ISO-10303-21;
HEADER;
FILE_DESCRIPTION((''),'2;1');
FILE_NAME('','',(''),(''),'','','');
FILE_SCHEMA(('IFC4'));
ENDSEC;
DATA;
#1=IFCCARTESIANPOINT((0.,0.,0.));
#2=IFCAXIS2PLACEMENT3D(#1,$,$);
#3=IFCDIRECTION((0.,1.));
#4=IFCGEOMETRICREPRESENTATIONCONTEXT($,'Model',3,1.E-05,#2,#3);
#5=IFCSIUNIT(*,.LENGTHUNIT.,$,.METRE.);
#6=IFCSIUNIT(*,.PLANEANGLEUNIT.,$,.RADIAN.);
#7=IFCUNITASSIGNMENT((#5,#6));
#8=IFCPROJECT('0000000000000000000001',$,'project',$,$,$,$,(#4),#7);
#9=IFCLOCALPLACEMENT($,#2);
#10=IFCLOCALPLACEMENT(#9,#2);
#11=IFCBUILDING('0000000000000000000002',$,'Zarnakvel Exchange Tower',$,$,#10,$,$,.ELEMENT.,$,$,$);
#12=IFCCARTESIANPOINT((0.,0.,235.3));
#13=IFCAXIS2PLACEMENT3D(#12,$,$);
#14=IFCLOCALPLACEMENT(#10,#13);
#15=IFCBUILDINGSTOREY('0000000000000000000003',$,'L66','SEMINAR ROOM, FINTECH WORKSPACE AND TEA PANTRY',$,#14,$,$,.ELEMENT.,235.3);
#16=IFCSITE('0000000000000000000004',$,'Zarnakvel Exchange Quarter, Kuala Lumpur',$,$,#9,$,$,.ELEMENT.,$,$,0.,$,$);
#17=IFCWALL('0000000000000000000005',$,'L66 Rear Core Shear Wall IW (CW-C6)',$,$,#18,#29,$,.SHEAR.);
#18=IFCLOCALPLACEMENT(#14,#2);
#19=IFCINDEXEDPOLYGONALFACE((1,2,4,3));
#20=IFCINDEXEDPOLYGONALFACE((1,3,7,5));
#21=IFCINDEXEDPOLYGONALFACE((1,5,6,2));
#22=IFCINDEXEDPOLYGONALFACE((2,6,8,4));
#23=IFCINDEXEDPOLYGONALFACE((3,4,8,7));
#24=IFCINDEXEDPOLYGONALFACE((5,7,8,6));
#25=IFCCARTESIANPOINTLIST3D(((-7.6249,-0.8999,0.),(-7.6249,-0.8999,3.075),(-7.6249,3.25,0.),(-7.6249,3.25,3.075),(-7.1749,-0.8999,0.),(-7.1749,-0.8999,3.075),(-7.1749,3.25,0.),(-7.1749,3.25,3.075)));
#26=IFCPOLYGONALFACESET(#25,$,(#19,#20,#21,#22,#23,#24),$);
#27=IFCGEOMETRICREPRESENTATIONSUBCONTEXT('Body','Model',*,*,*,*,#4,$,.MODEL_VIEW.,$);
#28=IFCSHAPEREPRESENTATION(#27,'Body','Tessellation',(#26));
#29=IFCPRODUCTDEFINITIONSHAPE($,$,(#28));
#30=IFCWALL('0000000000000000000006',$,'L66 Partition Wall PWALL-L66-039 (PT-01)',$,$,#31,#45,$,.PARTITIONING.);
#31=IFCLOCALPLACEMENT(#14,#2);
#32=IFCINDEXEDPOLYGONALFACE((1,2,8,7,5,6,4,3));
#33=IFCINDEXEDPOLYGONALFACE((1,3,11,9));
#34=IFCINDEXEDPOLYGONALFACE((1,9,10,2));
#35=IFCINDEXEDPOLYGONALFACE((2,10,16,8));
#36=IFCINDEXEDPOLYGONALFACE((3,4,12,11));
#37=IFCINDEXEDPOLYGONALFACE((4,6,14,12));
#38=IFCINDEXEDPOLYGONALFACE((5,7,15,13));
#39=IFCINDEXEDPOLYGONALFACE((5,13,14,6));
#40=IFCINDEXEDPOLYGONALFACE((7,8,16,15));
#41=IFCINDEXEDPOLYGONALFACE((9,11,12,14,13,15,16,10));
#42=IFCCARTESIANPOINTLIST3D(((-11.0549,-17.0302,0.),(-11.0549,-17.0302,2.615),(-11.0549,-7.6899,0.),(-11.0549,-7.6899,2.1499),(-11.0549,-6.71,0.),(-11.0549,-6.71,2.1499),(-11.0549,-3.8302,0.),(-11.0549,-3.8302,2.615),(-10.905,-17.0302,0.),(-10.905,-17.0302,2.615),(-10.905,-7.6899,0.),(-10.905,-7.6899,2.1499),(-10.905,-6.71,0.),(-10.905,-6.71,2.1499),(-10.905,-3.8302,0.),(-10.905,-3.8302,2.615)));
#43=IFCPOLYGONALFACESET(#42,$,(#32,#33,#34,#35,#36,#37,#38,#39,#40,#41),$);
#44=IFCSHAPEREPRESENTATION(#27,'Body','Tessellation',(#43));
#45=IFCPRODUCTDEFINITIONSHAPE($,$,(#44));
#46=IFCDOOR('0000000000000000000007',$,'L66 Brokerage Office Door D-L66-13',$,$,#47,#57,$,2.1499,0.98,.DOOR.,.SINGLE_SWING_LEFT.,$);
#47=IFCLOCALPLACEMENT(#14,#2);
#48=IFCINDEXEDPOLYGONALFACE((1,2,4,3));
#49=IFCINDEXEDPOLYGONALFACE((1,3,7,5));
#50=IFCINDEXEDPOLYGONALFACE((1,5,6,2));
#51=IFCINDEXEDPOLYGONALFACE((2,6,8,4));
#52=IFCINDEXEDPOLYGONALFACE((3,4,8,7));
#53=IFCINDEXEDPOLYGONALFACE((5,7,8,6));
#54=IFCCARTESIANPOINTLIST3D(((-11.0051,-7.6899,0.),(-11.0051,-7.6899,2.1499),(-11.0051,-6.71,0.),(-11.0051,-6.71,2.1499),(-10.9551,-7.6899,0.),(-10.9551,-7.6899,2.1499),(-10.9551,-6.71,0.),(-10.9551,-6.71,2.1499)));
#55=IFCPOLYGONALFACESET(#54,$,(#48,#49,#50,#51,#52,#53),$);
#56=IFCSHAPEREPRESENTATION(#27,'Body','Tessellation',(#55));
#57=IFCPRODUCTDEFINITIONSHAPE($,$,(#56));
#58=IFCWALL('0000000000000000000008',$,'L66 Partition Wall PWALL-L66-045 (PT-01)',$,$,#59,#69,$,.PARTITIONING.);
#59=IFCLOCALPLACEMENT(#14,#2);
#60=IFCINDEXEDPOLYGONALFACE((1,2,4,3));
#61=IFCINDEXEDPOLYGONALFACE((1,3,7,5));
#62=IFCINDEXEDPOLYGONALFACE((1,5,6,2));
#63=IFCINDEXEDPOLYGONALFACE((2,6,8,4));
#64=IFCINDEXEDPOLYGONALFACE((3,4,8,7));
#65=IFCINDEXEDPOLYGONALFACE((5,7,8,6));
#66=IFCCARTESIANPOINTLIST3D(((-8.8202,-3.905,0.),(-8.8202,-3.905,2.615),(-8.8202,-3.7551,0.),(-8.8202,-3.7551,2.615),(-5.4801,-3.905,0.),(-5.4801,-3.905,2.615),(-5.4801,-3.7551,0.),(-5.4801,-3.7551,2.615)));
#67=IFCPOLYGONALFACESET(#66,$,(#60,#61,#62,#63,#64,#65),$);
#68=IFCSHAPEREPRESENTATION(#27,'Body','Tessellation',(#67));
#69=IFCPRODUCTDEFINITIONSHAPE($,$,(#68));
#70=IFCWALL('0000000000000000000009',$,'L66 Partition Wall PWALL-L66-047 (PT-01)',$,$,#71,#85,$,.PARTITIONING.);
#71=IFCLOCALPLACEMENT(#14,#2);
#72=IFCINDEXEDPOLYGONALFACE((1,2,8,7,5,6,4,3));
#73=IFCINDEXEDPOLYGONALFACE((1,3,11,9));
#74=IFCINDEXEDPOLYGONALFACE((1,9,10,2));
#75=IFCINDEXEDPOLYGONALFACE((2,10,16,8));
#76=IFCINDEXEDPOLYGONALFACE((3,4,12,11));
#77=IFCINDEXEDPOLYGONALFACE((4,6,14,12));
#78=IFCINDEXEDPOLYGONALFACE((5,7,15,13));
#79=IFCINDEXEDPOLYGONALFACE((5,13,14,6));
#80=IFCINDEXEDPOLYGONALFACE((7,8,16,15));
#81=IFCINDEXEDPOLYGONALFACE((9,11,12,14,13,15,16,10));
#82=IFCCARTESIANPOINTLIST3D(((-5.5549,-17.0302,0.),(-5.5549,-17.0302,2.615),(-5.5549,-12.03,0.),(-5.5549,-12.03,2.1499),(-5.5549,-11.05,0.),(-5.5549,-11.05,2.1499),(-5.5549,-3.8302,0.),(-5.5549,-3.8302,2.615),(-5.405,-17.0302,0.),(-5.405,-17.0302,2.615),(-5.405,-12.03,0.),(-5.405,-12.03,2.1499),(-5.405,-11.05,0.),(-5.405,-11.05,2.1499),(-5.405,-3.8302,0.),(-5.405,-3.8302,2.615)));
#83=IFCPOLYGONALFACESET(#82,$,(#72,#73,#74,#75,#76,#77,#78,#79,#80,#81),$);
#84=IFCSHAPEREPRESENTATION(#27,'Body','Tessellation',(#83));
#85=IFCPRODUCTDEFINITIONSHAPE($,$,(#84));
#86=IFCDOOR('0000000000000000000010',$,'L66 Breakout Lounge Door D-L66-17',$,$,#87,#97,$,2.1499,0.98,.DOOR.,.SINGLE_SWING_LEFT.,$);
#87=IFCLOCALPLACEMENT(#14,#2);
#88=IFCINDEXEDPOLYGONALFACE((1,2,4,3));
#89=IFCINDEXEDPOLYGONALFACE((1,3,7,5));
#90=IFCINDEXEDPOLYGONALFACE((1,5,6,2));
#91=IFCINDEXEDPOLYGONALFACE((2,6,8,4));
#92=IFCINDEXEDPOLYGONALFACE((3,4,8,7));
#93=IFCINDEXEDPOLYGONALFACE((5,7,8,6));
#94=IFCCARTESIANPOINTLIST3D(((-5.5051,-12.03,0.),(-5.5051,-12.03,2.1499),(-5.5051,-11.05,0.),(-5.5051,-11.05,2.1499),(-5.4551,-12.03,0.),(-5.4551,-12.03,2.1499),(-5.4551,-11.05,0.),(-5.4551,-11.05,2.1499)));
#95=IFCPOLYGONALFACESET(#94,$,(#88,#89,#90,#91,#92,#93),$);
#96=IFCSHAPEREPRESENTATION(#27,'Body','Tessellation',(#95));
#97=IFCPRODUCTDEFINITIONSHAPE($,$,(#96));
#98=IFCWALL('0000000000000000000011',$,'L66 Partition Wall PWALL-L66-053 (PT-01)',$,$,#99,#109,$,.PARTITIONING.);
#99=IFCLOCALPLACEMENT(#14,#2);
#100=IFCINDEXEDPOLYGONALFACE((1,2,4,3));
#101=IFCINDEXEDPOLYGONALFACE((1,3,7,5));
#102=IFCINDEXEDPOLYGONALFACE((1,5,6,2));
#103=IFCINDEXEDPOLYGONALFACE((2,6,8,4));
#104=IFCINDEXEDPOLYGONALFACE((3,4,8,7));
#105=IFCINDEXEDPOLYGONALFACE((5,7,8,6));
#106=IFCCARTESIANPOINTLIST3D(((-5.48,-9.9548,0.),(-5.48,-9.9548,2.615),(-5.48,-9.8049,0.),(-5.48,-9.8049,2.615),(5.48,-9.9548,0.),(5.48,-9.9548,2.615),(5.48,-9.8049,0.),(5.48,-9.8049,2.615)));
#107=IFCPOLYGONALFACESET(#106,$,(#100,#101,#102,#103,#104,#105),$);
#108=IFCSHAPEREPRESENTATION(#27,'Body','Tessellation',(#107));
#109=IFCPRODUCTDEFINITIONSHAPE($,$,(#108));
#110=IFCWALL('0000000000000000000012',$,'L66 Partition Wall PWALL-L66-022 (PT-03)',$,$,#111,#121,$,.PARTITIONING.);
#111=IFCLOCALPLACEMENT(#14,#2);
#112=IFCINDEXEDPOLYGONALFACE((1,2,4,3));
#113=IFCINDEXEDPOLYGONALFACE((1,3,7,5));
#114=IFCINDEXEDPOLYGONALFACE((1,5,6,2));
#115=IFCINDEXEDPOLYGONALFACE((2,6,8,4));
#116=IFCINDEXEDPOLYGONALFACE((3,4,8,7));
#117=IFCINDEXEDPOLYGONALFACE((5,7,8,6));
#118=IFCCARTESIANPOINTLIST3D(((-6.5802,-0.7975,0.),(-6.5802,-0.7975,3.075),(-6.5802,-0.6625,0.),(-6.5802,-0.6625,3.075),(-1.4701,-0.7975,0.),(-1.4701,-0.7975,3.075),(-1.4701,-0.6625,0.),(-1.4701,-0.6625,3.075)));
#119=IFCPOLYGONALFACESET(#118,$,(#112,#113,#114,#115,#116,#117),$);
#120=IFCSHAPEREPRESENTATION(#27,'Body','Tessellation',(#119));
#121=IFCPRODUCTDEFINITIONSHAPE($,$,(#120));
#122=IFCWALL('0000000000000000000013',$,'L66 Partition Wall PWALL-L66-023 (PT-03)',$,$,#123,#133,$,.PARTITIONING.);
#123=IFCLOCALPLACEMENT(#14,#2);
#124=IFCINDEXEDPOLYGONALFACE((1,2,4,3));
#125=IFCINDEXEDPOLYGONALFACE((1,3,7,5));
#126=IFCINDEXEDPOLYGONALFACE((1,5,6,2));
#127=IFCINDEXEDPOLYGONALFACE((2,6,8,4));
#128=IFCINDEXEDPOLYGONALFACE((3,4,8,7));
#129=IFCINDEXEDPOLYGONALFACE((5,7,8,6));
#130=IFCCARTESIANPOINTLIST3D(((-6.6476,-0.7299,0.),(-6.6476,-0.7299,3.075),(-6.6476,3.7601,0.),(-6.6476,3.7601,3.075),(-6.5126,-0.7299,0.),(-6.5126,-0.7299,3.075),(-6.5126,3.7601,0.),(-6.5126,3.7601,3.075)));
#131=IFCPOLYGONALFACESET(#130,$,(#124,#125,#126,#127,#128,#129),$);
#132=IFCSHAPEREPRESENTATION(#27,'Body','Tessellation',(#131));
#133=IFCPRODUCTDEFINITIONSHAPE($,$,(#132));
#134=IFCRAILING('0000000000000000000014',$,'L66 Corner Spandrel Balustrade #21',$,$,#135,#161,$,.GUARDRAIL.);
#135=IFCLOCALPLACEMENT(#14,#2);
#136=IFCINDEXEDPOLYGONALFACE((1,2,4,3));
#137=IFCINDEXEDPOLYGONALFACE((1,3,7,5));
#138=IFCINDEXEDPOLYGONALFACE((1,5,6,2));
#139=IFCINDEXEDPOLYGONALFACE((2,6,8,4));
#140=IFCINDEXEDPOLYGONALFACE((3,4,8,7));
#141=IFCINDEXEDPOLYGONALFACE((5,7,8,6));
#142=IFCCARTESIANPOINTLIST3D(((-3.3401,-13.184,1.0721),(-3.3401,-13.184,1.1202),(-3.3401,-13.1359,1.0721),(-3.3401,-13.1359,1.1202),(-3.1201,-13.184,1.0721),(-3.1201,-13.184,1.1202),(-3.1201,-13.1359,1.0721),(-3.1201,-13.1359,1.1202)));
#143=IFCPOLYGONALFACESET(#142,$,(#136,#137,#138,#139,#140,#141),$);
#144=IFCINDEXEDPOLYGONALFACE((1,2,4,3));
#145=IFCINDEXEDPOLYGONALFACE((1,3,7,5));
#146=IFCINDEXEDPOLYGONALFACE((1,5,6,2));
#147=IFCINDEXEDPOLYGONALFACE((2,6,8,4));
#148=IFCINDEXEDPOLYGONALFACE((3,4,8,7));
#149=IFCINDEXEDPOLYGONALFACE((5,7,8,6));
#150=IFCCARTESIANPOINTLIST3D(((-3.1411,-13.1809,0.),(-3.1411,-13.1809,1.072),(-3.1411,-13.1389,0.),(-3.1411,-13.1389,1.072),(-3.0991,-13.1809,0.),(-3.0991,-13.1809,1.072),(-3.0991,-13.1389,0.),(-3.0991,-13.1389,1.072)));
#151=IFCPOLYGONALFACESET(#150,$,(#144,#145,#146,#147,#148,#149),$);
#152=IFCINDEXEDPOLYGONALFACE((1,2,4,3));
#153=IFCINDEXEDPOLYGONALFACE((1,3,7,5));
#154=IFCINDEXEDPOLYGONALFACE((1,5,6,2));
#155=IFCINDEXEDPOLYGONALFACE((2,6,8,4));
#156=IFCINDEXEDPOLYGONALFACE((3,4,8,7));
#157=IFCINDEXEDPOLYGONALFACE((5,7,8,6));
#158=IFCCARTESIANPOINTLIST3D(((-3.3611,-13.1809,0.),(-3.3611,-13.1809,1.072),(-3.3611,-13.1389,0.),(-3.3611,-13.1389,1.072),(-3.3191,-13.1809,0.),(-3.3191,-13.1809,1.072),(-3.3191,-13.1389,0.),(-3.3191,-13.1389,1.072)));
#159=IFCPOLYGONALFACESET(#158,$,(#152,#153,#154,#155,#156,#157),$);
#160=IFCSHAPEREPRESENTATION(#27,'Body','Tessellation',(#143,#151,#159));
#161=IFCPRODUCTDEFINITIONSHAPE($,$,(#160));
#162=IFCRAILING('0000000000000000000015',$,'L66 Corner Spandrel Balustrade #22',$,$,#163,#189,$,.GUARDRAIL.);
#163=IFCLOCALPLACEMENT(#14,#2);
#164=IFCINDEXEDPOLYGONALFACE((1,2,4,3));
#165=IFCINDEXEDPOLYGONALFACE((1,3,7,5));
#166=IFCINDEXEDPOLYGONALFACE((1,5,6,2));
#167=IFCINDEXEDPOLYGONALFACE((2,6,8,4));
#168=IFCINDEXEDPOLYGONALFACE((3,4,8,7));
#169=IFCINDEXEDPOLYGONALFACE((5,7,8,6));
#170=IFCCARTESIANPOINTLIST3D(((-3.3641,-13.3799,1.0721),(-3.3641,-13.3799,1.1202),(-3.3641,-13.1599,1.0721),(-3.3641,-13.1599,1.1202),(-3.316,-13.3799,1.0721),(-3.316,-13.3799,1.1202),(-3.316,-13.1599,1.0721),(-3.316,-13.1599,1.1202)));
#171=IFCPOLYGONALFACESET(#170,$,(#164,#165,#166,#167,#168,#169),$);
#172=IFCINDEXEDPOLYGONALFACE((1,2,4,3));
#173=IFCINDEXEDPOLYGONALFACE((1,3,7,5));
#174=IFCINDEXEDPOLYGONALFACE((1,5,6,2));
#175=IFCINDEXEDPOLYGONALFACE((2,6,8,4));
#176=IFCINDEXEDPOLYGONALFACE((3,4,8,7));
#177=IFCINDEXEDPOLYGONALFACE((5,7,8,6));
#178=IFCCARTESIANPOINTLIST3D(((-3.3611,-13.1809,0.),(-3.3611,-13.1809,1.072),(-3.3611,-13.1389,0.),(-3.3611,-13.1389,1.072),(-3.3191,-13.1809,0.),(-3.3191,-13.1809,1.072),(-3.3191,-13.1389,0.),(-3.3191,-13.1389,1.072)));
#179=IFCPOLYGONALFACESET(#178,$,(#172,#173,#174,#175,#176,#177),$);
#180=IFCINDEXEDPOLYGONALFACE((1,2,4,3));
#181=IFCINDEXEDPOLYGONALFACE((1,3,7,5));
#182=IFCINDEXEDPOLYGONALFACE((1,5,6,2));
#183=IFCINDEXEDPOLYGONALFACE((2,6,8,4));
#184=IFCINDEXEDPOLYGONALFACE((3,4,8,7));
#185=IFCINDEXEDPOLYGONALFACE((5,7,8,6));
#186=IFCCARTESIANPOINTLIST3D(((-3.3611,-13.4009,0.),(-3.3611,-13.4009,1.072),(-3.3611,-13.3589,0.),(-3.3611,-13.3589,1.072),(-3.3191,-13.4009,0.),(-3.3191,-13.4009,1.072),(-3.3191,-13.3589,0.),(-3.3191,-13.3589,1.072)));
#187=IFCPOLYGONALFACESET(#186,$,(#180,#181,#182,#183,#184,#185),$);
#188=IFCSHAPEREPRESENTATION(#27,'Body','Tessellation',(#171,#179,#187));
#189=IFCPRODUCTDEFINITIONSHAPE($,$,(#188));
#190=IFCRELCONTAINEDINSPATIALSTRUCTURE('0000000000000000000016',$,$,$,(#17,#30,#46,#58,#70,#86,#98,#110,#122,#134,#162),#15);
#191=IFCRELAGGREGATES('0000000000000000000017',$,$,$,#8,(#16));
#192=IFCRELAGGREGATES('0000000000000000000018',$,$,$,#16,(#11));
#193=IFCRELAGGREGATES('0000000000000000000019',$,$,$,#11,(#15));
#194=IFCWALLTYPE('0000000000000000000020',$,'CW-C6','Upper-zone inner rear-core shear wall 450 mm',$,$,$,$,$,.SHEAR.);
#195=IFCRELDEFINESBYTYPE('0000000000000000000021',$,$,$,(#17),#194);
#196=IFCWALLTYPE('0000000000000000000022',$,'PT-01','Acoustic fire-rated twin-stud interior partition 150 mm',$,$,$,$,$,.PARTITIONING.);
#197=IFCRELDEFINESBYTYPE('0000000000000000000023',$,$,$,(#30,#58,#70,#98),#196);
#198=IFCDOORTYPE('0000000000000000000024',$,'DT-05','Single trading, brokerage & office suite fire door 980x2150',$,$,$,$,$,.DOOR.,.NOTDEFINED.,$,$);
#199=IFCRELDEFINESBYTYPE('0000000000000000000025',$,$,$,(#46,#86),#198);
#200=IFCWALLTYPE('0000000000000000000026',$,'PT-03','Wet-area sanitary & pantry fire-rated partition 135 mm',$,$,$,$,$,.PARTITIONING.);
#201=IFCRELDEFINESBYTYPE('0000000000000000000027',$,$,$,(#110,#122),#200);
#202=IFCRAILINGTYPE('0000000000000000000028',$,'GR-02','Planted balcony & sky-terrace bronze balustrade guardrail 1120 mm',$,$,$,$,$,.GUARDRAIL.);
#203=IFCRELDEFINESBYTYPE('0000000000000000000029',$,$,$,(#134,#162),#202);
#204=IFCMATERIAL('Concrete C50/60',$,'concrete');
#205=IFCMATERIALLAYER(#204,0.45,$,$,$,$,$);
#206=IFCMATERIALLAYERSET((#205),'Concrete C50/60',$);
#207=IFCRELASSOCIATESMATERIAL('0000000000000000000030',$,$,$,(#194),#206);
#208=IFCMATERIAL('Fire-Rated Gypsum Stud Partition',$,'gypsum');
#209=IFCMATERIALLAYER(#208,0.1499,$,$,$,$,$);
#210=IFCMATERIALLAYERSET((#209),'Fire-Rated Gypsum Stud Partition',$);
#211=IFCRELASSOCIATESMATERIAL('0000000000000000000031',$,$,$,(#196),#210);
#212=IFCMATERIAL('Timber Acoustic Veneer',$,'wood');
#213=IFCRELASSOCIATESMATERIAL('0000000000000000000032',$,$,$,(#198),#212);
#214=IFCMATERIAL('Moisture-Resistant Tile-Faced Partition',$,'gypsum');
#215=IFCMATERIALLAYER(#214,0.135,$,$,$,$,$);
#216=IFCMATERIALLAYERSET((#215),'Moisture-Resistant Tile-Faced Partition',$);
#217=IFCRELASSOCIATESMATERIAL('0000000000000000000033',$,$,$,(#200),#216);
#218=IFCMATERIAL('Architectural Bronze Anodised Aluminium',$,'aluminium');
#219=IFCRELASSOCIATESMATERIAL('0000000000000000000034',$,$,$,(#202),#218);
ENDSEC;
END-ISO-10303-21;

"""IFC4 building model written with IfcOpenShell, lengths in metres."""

from ifc_helpers import new_model, si_unit, direction, frame, frame_2d, origin, origin_2d, place, context, subcontext, project, spatial, rectangle, extrude, source, transform, mapped, material, layer, layer_set, type_object, element, fill, save


model = new_model("IFC4")

# Units and contexts
model_context = context("Model", 3, precision=1e-05, world=origin(), true_north=direction((0.0, 1.0)))
body_context = subcontext(model_context, "Body", "Model", "MODEL_VIEW")
ifc_project = project(units=[si_unit("LENGTHUNIT", "METRE"), si_unit("PLANEANGLEUNIT", "RADIAN")], contexts=[model_context])

# Site, building, storey
site_placement = place(None, origin())
site = spatial("IfcSite", under=ifc_project, at=site_placement, Name="Zarnakvel Exchange Quarter, Kuala Lumpur", CompositionType="ELEMENT", RefElevation=0.0)
building_placement = place(site_placement, origin())
building = spatial("IfcBuilding", under=site, at=building_placement, Name="Zarnakvel Exchange Tower", CompositionType="ELEMENT")
storey_placement = place(building_placement, frame((0.0, 0.0, 235.3)))
storey = spatial("IfcBuildingStorey", under=building, at=storey_placement, Name="L66", Description="SEMINAR ROOM, FINTECH WORKSPACE AND TEA PANTRY", CompositionType="ELEMENT", Elevation=235.3)

# Shared definitions
ifc_material_1 = material(Name="Concrete C50/60", Category="concrete")

# Shared definitions
ifc_material_2 = material(Name="Architectural Bronze Anodised Aluminium", Category="aluminium")

# Wall
ifc_layer_1 = layer(ifc_material_1, 0.45)
ifc_layer_set_1 = layer_set([ifc_layer_1], Name="Concrete C50/60")
wall_type_1 = type_object("IfcWallType", Name="CW-C6", Description="Upper-zone inner rear-core shear wall 450 mm", PredefinedType="SHEAR", material=ifc_layer_set_1)
wall_1_placement = place(storey_placement, frame((-7.3999, -0.8999, 0.0), z_axis=(0.0, 0.0, 1.0), x_axis=(0.0, 1.0, 0.0)))
element("IfcWall", 1, at=wall_1_placement, inside=storey, type_object=wall_type_1, Name="L66 Rear Core Shear Wall IW (CW-C6)", PredefinedType="SHEAR", context=body_context, shape_type="SweptSolid", body=[
    extrude(rectangle(XDim=4.1499, YDim=0.45, at=frame_2d((2.075, 0.0))), origin(), (0.0, 0.0, 1.0), 3.075),
])

# Wall, opening, door
ifc_material_3 = material(Name="Fire-Rated Gypsum Stud Partition", Category="gypsum")
ifc_layer_2 = layer(ifc_material_3, 0.1499)
ifc_layer_set_2 = layer_set([ifc_layer_2], Name="Fire-Rated Gypsum Stud Partition")
wall_type_2 = type_object("IfcWallType", Name="PT-01", Description="Acoustic fire-rated twin-stud interior partition 150 mm", PredefinedType="PARTITIONING", material=ifc_layer_set_2)
wall_2_placement = place(storey_placement, frame((-10.98, -3.8301, 0.0), z_axis=(0.0, 0.0, 1.0), x_axis=(0.0, -1.0, 0.0)))
wall_2 = element("IfcWall", 2, at=wall_2_placement, inside=storey, type_object=wall_type_2, Name="L66 Partition Wall PWALL-L66-039 (PT-01)", PredefinedType="PARTITIONING", context=body_context, shape_type="SweptSolid", body=[
    extrude(rectangle(XDim=13.2, YDim=0.1499, at=frame_2d((6.6001, 0.0))), origin(), (0.0, 0.0, 1.0), 2.615),
])
opening_1_placement = place(wall_2_placement, frame((2.8799, 0.0, 0.0)))
opening_1 = element("IfcOpeningElement", 3, at=opening_1_placement, cuts=wall_2, PredefinedType="OPENING", context=body_context, shape_type="SweptSolid", body=[
    extrude(rectangle(XDim=0.98, YDim=2.1499, at=frame_2d((0.49, 1.075))), frame((0.0, 0.085, 0.0), z_axis=(0.0, -1.0, 0.0), x_axis=(1.0, 0.0, 0.0)), (0.0, 0.0, 1.0), 0.1699),
])
ifc_material_4 = material(Name="Timber Acoustic Veneer", Category="wood")
door_type_1 = type_object("IfcDoorType", Name="DT-05", Description="Single trading, brokerage & office suite fire door 980x2150", OperationType="NOTDEFINED", PredefinedType="DOOR", material=ifc_material_4)
shared_shape_1 = source(origin(), body_context, "Body", "SweptSolid", [
    extrude(rectangle(XDim=0.98, YDim=2.1499, at=frame_2d((0.49, 1.075))), frame((0.0, 0.0249, 0.0), z_axis=(0.0, -1.0, 0.0), x_axis=(1.0, 0.0, 0.0)), (0.0, 0.0, 1.0), 0.05),
])
door_1_placement = place(opening_1_placement, origin())
door_1 = element("IfcDoor", 4, at=door_1_placement, inside=storey, type_object=door_type_1, Name="L66 Brokerage Office Door D-L66-13", OperationType="SINGLE_SWING_LEFT", OverallHeight=2.1499, OverallWidth=0.98, PredefinedType="DOOR", context=body_context, shape_type="MappedRepresentation", body=[
    mapped(shared_shape_1, transform((0.0, 0.0, 0.0), x_axis=(1.0, 0.0, 0.0), y_axis=(0.0, 1.0, 0.0), z_axis=(0.0, 0.0, 1.0), scale=1.0)),
])
fill(opening_1, door_1)

# Wall
wall_3_placement = place(storey_placement, frame((-8.8201, -3.8301, 0.0), z_axis=(0.0, 0.0, 1.0), x_axis=(1.0, 0.0, 0.0)))
element("IfcWall", 5, at=wall_3_placement, inside=storey, type_object=wall_type_2, Name="L66 Partition Wall PWALL-L66-045 (PT-01)", PredefinedType="PARTITIONING", context=body_context, shape_type="SweptSolid", body=[
    extrude(rectangle(XDim=3.3401, YDim=0.1499, at=frame_2d((1.6699, 0.0))), origin(), (0.0, 0.0, 1.0), 2.615),
])

# Wall, opening, door
wall_4_placement = place(storey_placement, frame((-5.48, -3.8301, 0.0), z_axis=(0.0, 0.0, 1.0), x_axis=(0.0, -1.0, 0.0)))
wall_4 = element("IfcWall", 6, at=wall_4_placement, inside=storey, type_object=wall_type_2, Name="L66 Partition Wall PWALL-L66-047 (PT-01)", PredefinedType="PARTITIONING", context=body_context, shape_type="SweptSolid", body=[
    extrude(rectangle(XDim=13.2, YDim=0.1499, at=frame_2d((6.6001, 0.0))), origin(), (0.0, 0.0, 1.0), 2.615),
])
opening_2_placement = place(wall_4_placement, frame((7.22, 0.0, 0.0)))
opening_2 = element("IfcOpeningElement", 7, at=opening_2_placement, cuts=wall_4, PredefinedType="OPENING", context=body_context, shape_type="SweptSolid", body=[
    extrude(rectangle(XDim=0.98, YDim=2.1499, at=frame_2d((0.49, 1.075))), frame((0.0, 0.085, 0.0), z_axis=(0.0, -1.0, 0.0), x_axis=(1.0, 0.0, 0.0)), (0.0, 0.0, 1.0), 0.1699),
])
door_2_placement = place(opening_2_placement, origin())
door_2 = element("IfcDoor", 8, at=door_2_placement, inside=storey, type_object=door_type_1, Name="L66 Breakout Lounge Door D-L66-17", OperationType="SINGLE_SWING_LEFT", OverallHeight=2.1499, OverallWidth=0.98, PredefinedType="DOOR", context=body_context, shape_type="MappedRepresentation", body=[
    mapped(shared_shape_1, transform((0.0, 0.0, 0.0), x_axis=(1.0, 0.0, 0.0), y_axis=(0.0, 1.0, 0.0), z_axis=(0.0, 0.0, 1.0), scale=1.0)),
])
fill(opening_2, door_2)

# Walls
wall_5_placement = place(storey_placement, frame((-5.48, -9.8799, 0.0), z_axis=(0.0, 0.0, 1.0), x_axis=(1.0, 0.0, 0.0)))
element("IfcWall", 9, at=wall_5_placement, inside=storey, type_object=wall_type_2, Name="L66 Partition Wall PWALL-L66-053 (PT-01)", PredefinedType="PARTITIONING", context=body_context, shape_type="SweptSolid", body=[
    extrude(rectangle(XDim=10.96, YDim=0.1499, at=frame_2d((5.48, 0.0))), origin(), (0.0, 0.0, 1.0), 2.615),
])
ifc_material_5 = material(Name="Moisture-Resistant Tile-Faced Partition", Category="gypsum")
ifc_layer_3 = layer(ifc_material_5, 0.135)
ifc_layer_set_3 = layer_set([ifc_layer_3], Name="Moisture-Resistant Tile-Faced Partition")
wall_type_3 = type_object("IfcWallType", Name="PT-03", Description="Wet-area sanitary & pantry fire-rated partition 135 mm", PredefinedType="PARTITIONING", material=ifc_layer_set_3)
wall_6_placement = place(storey_placement, frame((-1.47, -0.73, 0.0), z_axis=(0.0, 0.0, 1.0), x_axis=(-1.0, 0.0, 0.0)))
element("IfcWall", 10, at=wall_6_placement, inside=storey, type_object=wall_type_3, Name="L66 Partition Wall PWALL-L66-022 (PT-03)", PredefinedType="PARTITIONING", context=body_context, shape_type="SweptSolid", body=[
    extrude(rectangle(XDim=5.1101, YDim=0.135, at=frame_2d((2.5552, 0.0))), origin(), (0.0, 0.0, 1.0), 3.075),
])
wall_7_placement = place(storey_placement, frame((-6.5801, -0.73, 0.0), z_axis=(0.0, 0.0, 1.0), x_axis=(0.0, 1.0, 0.0)))
element("IfcWall", 11, at=wall_7_placement, inside=storey, type_object=wall_type_3, Name="L66 Partition Wall PWALL-L66-023 (PT-03)", PredefinedType="PARTITIONING", context=body_context, shape_type="SweptSolid", body=[
    extrude(rectangle(XDim=4.49, YDim=0.135, at=frame_2d((2.2451, 0.0))), origin(), (0.0, 0.0, 1.0), 3.075),
])

# Railings
railing_type_1 = type_object("IfcRailingType", Name="GR-02", Description="Planted balcony & sky-terrace bronze balustrade guardrail 1120 mm", PredefinedType="GUARDRAIL", material=ifc_material_2)
railing_1_placement = place(storey_placement, frame((-3.1201, -13.1599, 0.0)))
element("IfcRailing", 12, at=railing_1_placement, inside=storey, type_object=railing_type_1, Name="L66 Corner Spandrel Balustrade #21", PredefinedType="GUARDRAIL", context=body_context, shape_type="SweptSolid", body=[
    extrude(rectangle(XDim=0.0481, YDim=0.0481, at=origin_2d()), frame((0.0, 0.0, 1.0962), z_axis=(-1.0, 0.0, 0.0), x_axis=(0.0, -1.0, 0.0)), (0.0, 0.0, 1.0), 0.22),
    extrude(rectangle(XDim=0.042, YDim=0.042, at=origin_2d()), origin(), (0.0, 0.0, 1.0), 1.072),
    extrude(rectangle(XDim=0.042, YDim=0.042, at=origin_2d()), frame((-0.22, 0.0, 0.0)), (0.0, 0.0, 1.0), 1.072),
])
railing_2_placement = place(storey_placement, frame((-3.3401, -13.1599, 0.0)))
element("IfcRailing", 13, at=railing_2_placement, inside=storey, type_object=railing_type_1, Name="L66 Corner Spandrel Balustrade #22", PredefinedType="GUARDRAIL", context=body_context, shape_type="SweptSolid", body=[
    extrude(rectangle(XDim=0.0481, YDim=0.0481, at=origin_2d()), frame((0.0, 0.0, 1.0962), z_axis=(0.0, -1.0, 0.0), x_axis=(1.0, 0.0, 0.0)), (0.0, 0.0, 1.0), 0.22),
    extrude(rectangle(XDim=0.042, YDim=0.042, at=origin_2d()), origin(), (0.0, 0.0, 1.0), 1.072),
    extrude(rectangle(XDim=0.042, YDim=0.042, at=origin_2d()), frame((0.0, -0.22, 0.0)), (0.0, 0.0, 1.0), 1.072),
])

save(model, "model.ifc")
